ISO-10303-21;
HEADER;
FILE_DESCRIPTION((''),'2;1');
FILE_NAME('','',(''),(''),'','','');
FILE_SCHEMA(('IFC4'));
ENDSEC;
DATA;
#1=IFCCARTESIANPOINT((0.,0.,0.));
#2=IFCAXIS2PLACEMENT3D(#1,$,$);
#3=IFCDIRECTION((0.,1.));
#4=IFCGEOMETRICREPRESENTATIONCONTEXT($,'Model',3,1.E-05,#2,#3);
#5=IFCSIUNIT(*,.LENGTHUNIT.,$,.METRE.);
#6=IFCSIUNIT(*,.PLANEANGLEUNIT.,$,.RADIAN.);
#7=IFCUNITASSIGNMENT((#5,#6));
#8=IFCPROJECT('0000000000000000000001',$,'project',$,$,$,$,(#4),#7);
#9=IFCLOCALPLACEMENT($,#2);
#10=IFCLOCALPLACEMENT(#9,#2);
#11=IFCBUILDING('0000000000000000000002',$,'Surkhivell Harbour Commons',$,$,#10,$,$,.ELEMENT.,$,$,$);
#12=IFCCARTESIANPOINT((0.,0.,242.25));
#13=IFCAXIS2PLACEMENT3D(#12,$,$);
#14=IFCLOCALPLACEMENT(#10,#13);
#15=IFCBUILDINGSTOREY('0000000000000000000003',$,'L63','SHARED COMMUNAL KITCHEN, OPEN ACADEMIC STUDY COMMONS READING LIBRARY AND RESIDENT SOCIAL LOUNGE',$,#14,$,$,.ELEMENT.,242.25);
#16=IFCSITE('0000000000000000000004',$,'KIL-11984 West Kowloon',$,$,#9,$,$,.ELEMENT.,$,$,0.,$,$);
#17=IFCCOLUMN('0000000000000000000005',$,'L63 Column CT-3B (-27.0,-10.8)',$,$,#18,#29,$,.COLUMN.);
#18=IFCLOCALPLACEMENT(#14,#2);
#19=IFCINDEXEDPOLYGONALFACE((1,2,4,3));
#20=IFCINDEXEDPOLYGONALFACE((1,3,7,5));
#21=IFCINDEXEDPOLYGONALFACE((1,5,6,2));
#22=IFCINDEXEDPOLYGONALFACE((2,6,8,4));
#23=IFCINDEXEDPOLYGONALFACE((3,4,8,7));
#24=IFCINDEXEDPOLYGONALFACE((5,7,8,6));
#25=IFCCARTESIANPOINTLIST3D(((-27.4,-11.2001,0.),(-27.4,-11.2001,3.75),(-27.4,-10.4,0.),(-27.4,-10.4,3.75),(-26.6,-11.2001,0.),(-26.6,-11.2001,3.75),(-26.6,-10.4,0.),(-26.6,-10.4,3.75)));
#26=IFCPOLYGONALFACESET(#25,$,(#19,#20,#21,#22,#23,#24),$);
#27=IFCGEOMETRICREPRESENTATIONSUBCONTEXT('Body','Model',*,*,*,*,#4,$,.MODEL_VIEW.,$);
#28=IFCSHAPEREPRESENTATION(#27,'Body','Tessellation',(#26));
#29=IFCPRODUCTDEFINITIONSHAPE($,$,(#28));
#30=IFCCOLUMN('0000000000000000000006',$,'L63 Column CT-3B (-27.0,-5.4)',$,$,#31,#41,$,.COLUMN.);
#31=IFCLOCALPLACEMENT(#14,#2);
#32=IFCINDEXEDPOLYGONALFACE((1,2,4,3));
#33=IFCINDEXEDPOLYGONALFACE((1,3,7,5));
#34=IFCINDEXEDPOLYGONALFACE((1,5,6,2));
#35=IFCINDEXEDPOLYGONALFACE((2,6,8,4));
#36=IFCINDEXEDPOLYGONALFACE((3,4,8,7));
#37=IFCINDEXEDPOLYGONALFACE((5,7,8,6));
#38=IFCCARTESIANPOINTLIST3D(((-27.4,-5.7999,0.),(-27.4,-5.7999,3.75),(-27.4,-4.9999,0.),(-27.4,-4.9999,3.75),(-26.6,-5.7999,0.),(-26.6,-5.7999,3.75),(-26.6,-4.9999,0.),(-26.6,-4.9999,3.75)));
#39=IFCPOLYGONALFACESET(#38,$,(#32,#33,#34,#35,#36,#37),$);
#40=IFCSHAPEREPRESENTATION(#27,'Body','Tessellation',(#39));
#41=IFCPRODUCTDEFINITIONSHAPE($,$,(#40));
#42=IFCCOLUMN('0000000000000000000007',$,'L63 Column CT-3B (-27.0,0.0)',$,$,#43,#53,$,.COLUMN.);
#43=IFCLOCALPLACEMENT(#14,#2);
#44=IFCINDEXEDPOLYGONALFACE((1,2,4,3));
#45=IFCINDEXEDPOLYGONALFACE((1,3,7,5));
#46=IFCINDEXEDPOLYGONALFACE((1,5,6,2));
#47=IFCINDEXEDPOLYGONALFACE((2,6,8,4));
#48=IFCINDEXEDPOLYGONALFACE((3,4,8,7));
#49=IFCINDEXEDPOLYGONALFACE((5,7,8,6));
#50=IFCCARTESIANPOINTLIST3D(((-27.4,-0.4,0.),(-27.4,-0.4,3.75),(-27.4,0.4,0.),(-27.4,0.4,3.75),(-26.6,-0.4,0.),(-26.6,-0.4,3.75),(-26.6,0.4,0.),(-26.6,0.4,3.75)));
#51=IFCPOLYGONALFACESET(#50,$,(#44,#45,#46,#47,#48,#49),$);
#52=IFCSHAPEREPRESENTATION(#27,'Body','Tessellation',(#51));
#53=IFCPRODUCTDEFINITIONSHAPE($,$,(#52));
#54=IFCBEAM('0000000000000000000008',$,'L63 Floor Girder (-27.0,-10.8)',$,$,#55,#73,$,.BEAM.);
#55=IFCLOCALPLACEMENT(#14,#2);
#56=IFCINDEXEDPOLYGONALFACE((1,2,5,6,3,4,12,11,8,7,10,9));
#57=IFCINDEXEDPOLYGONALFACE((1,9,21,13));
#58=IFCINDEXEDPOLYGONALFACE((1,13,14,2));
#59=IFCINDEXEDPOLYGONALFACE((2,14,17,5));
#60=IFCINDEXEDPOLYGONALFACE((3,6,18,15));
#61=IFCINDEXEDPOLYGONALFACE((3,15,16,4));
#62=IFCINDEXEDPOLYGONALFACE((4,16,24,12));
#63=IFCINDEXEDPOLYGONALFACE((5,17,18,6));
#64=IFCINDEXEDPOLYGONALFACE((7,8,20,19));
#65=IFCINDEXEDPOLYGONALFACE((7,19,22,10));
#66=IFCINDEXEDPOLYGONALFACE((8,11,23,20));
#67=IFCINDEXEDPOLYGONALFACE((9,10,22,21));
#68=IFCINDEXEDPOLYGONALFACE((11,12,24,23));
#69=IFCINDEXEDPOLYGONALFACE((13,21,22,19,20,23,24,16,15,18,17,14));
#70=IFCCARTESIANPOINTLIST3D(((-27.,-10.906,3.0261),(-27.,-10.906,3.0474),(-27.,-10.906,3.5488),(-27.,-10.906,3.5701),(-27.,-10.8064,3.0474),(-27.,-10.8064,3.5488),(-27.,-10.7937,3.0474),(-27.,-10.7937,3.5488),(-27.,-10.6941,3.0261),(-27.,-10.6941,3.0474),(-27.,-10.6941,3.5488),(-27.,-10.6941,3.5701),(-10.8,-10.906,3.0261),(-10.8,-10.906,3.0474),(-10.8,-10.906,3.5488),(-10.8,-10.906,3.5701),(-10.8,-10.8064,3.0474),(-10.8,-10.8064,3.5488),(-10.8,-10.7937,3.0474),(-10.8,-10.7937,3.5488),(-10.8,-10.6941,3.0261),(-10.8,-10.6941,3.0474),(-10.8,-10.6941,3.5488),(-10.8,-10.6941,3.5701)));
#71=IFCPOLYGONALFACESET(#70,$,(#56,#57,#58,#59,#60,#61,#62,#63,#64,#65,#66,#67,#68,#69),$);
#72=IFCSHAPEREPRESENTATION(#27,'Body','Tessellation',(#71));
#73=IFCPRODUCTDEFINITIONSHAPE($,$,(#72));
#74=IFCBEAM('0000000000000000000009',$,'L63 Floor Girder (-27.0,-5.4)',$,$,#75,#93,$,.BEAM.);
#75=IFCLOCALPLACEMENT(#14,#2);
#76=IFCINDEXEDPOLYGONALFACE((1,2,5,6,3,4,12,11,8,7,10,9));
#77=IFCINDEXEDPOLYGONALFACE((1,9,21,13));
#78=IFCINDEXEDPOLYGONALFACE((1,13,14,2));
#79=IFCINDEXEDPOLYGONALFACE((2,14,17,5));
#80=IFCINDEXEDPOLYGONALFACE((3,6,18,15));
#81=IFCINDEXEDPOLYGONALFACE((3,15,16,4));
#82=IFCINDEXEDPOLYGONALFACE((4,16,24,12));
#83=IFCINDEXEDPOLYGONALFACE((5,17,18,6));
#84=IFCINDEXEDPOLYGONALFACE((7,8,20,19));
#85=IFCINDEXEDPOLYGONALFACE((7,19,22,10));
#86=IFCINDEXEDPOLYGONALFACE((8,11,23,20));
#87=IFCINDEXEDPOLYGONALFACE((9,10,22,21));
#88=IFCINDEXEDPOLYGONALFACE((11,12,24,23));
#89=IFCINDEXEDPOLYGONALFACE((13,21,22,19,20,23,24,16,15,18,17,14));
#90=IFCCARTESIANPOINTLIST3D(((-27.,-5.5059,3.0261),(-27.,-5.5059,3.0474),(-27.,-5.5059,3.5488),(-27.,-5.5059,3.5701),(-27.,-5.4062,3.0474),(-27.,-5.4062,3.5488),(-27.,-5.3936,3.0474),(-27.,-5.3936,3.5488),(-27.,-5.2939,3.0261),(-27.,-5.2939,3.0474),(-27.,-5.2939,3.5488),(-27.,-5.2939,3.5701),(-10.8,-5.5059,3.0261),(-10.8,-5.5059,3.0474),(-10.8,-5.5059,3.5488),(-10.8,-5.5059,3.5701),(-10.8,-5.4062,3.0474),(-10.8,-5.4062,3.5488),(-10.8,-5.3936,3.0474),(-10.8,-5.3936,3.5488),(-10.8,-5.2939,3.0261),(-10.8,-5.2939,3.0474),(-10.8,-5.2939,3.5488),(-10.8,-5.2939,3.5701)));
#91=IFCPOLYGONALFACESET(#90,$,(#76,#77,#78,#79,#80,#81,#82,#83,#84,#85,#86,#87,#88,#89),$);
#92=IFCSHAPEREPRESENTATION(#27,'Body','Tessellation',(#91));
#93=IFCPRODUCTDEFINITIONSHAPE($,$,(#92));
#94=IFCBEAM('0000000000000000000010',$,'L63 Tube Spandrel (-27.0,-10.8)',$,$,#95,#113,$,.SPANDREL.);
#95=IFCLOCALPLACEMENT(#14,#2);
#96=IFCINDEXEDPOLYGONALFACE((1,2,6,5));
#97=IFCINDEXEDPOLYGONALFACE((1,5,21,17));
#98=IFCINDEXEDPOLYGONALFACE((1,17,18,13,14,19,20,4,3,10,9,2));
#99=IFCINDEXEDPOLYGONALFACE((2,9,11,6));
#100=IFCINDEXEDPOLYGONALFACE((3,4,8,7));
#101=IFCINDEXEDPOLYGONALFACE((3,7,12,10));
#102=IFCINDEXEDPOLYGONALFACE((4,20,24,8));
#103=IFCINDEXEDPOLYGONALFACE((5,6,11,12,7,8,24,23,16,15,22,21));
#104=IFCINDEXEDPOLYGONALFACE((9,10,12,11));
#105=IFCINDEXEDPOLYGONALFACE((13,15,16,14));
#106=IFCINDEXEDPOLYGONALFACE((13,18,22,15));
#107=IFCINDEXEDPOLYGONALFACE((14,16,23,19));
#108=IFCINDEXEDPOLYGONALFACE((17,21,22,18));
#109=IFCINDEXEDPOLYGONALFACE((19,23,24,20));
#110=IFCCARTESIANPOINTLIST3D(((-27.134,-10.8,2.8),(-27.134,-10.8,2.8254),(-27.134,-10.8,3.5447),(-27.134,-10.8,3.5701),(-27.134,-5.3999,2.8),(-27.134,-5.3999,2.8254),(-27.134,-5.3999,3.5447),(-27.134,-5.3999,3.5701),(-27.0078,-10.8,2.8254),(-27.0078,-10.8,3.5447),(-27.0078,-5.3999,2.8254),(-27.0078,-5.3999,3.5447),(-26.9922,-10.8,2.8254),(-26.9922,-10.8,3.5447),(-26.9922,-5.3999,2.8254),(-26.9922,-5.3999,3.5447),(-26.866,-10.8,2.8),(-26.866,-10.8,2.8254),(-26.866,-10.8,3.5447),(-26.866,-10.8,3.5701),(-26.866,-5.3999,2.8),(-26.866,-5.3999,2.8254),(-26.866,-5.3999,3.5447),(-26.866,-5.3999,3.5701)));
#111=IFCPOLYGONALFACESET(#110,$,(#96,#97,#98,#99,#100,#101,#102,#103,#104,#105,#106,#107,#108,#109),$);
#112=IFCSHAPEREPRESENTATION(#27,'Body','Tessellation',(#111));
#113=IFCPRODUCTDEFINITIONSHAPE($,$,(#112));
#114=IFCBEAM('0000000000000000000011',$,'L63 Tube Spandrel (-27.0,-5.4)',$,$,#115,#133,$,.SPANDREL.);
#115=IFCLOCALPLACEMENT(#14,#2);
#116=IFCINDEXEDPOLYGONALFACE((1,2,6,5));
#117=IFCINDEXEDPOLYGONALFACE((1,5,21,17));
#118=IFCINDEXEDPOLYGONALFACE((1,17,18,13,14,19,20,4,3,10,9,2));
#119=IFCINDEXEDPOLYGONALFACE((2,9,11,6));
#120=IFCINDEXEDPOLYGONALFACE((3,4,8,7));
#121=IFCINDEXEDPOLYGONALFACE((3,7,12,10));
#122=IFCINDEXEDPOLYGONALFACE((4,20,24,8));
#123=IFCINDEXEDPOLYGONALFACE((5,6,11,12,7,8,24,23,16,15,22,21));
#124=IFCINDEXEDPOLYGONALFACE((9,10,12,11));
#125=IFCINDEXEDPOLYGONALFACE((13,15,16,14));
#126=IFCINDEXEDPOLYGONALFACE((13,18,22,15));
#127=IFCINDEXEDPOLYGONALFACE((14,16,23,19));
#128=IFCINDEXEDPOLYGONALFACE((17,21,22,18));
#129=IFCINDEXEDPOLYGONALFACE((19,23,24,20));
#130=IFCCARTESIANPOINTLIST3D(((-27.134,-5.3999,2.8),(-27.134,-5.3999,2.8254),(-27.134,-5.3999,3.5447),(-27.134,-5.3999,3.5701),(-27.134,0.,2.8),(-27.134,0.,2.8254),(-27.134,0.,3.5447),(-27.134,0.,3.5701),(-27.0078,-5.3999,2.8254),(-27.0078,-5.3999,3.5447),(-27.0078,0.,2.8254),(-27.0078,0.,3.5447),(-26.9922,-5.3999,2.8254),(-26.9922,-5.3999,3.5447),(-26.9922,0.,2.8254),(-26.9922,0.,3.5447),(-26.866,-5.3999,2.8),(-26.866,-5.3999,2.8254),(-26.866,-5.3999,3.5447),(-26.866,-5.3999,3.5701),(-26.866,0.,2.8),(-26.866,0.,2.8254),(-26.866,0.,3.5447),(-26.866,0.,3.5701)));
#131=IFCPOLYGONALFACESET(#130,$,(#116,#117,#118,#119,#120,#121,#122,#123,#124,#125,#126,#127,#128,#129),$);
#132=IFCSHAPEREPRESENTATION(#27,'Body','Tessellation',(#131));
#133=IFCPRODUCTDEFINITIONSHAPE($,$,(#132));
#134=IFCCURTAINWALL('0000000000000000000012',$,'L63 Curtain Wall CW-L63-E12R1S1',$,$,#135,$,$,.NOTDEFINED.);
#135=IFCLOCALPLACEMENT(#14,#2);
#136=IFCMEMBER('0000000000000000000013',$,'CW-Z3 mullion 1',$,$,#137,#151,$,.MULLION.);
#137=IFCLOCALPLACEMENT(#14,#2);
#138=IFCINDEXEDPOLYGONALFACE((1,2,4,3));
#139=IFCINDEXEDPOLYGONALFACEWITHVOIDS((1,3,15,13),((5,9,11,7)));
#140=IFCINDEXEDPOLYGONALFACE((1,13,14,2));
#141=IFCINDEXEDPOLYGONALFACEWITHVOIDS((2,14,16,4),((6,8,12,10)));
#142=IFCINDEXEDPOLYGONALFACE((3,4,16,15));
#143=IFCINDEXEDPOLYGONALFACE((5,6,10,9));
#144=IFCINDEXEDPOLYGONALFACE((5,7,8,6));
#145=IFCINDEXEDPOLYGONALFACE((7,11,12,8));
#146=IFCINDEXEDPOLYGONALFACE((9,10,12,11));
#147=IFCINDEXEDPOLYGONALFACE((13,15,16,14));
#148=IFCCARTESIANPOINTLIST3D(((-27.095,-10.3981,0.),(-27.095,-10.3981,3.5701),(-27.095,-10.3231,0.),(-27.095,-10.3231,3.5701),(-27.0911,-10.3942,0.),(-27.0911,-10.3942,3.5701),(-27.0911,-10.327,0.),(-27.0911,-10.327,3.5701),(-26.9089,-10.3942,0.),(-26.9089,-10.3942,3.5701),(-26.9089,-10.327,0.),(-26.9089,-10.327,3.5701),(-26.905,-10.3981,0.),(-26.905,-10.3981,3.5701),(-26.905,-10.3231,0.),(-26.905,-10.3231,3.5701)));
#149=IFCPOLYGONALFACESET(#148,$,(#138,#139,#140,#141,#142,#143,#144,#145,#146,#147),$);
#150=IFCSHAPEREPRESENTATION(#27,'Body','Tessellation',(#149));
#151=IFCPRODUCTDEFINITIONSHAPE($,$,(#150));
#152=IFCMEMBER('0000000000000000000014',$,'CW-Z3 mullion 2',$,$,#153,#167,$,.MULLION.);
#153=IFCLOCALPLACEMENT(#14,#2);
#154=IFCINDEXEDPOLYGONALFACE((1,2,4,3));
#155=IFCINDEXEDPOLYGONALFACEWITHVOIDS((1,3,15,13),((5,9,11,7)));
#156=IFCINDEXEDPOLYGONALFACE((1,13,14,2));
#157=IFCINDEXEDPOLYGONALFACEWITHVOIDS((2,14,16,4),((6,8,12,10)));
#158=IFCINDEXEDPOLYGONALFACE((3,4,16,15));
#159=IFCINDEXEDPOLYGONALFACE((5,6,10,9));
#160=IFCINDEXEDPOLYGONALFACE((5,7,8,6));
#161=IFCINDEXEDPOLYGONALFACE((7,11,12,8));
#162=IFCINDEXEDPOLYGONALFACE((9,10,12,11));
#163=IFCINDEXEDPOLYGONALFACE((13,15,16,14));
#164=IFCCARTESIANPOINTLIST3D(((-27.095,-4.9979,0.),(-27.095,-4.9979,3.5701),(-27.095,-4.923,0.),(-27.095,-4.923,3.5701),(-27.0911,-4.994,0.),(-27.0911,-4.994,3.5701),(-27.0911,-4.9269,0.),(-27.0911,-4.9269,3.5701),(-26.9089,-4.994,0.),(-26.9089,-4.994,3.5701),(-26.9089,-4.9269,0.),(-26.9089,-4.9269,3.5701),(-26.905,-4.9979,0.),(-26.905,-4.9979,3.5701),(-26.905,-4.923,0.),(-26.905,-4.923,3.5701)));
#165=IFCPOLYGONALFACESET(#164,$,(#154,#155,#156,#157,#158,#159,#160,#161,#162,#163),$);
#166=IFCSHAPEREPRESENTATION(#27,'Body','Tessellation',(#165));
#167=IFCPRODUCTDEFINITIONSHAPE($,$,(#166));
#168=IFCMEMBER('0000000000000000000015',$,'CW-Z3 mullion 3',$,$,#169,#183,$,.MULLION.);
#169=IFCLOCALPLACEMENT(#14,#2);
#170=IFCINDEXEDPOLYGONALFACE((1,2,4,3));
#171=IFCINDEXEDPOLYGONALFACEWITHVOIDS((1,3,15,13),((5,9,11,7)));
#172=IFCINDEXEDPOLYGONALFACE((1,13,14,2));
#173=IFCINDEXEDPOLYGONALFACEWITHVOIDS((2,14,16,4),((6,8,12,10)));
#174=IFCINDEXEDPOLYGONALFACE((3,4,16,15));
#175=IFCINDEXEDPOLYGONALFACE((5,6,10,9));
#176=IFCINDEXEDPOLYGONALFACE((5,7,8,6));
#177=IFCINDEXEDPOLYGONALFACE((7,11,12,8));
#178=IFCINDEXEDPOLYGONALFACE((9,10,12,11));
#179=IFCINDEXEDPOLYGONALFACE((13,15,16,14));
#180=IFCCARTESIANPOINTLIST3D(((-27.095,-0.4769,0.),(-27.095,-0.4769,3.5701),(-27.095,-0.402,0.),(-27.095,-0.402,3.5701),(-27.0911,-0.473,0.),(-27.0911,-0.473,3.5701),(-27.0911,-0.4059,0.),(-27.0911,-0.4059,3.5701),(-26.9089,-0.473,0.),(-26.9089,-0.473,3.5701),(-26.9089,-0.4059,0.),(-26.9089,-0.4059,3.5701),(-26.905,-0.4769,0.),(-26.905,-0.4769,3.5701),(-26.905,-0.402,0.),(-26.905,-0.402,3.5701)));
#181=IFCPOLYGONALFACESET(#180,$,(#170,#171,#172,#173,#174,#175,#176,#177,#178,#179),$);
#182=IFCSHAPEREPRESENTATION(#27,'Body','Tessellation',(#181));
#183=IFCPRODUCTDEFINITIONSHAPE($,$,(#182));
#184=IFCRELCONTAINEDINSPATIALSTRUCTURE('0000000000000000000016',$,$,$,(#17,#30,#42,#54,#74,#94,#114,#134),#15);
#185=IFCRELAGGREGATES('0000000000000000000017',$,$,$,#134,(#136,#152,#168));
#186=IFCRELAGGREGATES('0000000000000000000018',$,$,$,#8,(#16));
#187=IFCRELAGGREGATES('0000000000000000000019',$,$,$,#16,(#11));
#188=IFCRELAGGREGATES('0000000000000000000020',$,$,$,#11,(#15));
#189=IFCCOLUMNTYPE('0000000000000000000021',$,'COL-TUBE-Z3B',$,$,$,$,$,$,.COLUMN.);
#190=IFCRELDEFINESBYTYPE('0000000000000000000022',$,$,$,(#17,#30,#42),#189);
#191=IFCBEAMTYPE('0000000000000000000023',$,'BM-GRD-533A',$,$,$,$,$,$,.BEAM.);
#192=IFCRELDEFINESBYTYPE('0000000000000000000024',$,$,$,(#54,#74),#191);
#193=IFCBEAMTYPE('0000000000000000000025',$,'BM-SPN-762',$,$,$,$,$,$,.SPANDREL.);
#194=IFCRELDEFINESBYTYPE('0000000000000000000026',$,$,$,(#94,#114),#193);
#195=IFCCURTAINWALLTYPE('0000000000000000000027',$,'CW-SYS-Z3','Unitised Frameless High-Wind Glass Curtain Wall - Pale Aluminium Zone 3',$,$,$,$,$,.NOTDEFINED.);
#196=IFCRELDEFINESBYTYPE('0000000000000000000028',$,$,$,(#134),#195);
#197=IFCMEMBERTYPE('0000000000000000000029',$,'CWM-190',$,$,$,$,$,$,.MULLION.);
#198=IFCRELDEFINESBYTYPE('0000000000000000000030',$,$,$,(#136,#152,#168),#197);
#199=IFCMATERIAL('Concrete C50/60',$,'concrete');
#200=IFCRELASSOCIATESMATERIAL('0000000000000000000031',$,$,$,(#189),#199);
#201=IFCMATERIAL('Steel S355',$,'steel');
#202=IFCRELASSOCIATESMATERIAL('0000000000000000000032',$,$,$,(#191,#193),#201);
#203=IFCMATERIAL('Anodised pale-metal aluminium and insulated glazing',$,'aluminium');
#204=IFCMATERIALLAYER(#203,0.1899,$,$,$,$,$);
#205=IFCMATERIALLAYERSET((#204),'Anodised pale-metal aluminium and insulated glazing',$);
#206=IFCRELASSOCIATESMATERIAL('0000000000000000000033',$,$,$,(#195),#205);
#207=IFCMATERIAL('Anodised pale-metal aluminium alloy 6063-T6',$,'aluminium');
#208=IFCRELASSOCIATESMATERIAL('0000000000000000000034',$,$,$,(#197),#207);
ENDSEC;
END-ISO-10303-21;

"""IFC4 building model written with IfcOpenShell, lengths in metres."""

from ifc_helpers import new_model, si_unit, direction, frame, origin, origin_2d, place, context, subcontext, project, spatial, rectangle, hollow_rectangle, i_section, extrude, material, layer, layer_set, material_profile, profile_set, type_object, element, aggregate, save


model = new_model("IFC4")

# Units and contexts
model_context = context("Model", 3, precision=1e-05, world=origin(), true_north=direction((0.0, 1.0)))
body_context = subcontext(model_context, "Body", "Model", "MODEL_VIEW")
ifc_project = project(units=[si_unit("LENGTHUNIT", "METRE"), si_unit("PLANEANGLEUNIT", "RADIAN")], contexts=[model_context])

# Site, building, storey
site_placement = place(None, origin())
site = spatial("IfcSite", under=ifc_project, at=site_placement, Name="KIL-11984 West Kowloon", CompositionType="ELEMENT", RefElevation=0.0)
building_placement = place(site_placement, origin())
building = spatial("IfcBuilding", under=site, at=building_placement, Name="Surkhivell Harbour Commons", CompositionType="ELEMENT")
storey_placement = place(building_placement, frame((0.0, 0.0, 242.25)))
storey = spatial("IfcBuildingStorey", under=building, at=storey_placement, Name="L63", Description="SHARED COMMUNAL KITCHEN, OPEN ACADEMIC STUDY COMMONS READING LIBRARY AND RESIDENT SOCIAL LOUNGE", CompositionType="ELEMENT", Elevation=242.25)

# Columns
ifc_material_1 = material(Name="Concrete C50/60", Category="concrete")
ifc_material_profile_1 = material_profile(ifc_material_1, rectangle(XDim=0.8, YDim=0.8, at=origin_2d()), Name="RC-COL-800x800")
ifc_profile_set_1 = profile_set([ifc_material_profile_1], Name="Concrete C50/60")
column_type = type_object("IfcColumnType", Name="COL-TUBE-Z3B", PredefinedType="COLUMN", material=ifc_profile_set_1)
for number, where, z_axis, x_axis, name in (
    (1, (-27.0, -10.8, 0.0), (0.0, 0.0, 1.0), (1.0, 0.0, 0.0), "L63 Column CT-3B (-27.0,-10.8)"),
    (2, (-27.0, -5.3999, 0.0), (0.0, 0.0, 1.0), (1.0, 0.0, 0.0), "L63 Column CT-3B (-27.0,-5.4)"),
    (3, (-27.0, 0.0, 0.0), (0.0, 0.0, 1.0), (1.0, 0.0, 0.0), "L63 Column CT-3B (-27.0,0.0)"),
):
    element("IfcColumn", number, at=place(storey_placement, frame(where, z_axis=z_axis, x_axis=x_axis)), inside=storey, type_object=column_type, Name=name, PredefinedType="COLUMN", context=body_context, shape_type="SweptSolid", body=[
        extrude(rectangle(XDim=0.8, YDim=0.8, at=origin_2d()), origin(), (0.0, 0.0, 1.0), 3.75),
    ])

# Beams
ifc_material_2 = material(Name="Steel S355", Category="steel")
ifc_material_profile_2 = material_profile(ifc_material_2, i_section(OverallWidth=0.2119, OverallDepth=0.5439, WebThickness=0.0127, FlangeThickness=0.0212, at=origin_2d()), Name="UB533x210x122")
ifc_profile_set_2 = profile_set([ifc_material_profile_2], Name="Steel S355")
beam_type_1 = type_object("IfcBeamType", Name="BM-GRD-533A", PredefinedType="BEAM", material=ifc_profile_set_2)
for number, where, z_axis, x_axis, name in (
    (4, (-27.0, -10.8, 3.2981), (1.0, 0.0, 0.0), (0.0, 1.0, 0.0), "L63 Floor Girder (-27.0,-10.8)"),
    (5, (-27.0, -5.3999, 3.2981), (1.0, 0.0, 0.0), (0.0, 1.0, 0.0), "L63 Floor Girder (-27.0,-5.4)"),
):
    element("IfcBeam", number, at=place(storey_placement, frame(where, z_axis=z_axis, x_axis=x_axis)), inside=storey, type_object=beam_type_1, Name=name, PredefinedType="BEAM", context=body_context, shape_type="SweptSolid", body=[
        extrude(i_section(OverallWidth=0.2119, OverallDepth=0.5439, WebThickness=0.0127, FlangeThickness=0.0212, at=origin_2d()), origin(), (0.0, 0.0, 1.0), 16.2),
    ])
ifc_material_profile_3 = material_profile(ifc_material_2, i_section(OverallWidth=0.2681, OverallDepth=0.77, WebThickness=0.0156, FlangeThickness=0.0254, at=origin_2d()), Name="UB762x267x197")
ifc_profile_set_3 = profile_set([ifc_material_profile_3], Name="Steel S355")
beam_type_2 = type_object("IfcBeamType", Name="BM-SPN-762", PredefinedType="SPANDREL", material=ifc_profile_set_3)
beam_1_placement = place(storey_placement, frame((-27.0, -10.8, 3.1851), z_axis=(0.0, 1.0, 0.0), x_axis=(-1.0, 0.0, 0.0)))
element("IfcBeam", 6, at=beam_1_placement, inside=storey, type_object=beam_type_2, Name="L63 Tube Spandrel (-27.0,-10.8)", PredefinedType="SPANDREL", context=body_context, shape_type="SweptSolid", body=[
    extrude(i_section(OverallWidth=0.2681, OverallDepth=0.77, WebThickness=0.0156, FlangeThickness=0.0254, at=origin_2d()), origin(), (0.0, 0.0, 1.0), 5.4001),
])
beam_2_placement = place(storey_placement, frame((-27.0, -5.3999, 3.1851), z_axis=(0.0, 1.0, 0.0), x_axis=(-1.0, 0.0, 0.0)))
element("IfcBeam", 7, at=beam_2_placement, inside=storey, type_object=beam_type_2, Name="L63 Tube Spandrel (-27.0,-5.4)", PredefinedType="SPANDREL", context=body_context, shape_type="SweptSolid", body=[
    extrude(i_section(OverallWidth=0.2681, OverallDepth=0.77, WebThickness=0.0156, FlangeThickness=0.0254, at=origin_2d()), origin(), (0.0, 0.0, 1.0), 5.3999),
])

# Curtain wall, members
ifc_material_3 = material(Name="Anodised pale-metal aluminium and insulated glazing", Category="aluminium")
ifc_layer_1 = layer(ifc_material_3, 0.1899)
ifc_layer_set_1 = layer_set([ifc_layer_1], Name="Anodised pale-metal aluminium and insulated glazing")
curtain_wall_type = type_object("IfcCurtainWallType", Name="CW-SYS-Z3", Description="Unitised Frameless High-Wind Glass Curtain Wall - Pale Aluminium Zone 3", PredefinedType="NOTDEFINED", material=ifc_layer_set_1)
curtain_wall_placement = place(storey_placement, origin())
curtain_wall = element("IfcCurtainWall", 8, at=curtain_wall_placement, inside=storey, type_object=curtain_wall_type, Name="L63 Curtain Wall CW-L63-E12R1S1", PredefinedType="NOTDEFINED")
ifc_material_4 = material(Name="Anodised pale-metal aluminium alloy 6063-T6", Category="aluminium")
ifc_material_profile_4 = material_profile(ifc_material_4, hollow_rectangle(XDim=0.075, YDim=0.1899, WallThickness=0.0039, at=origin_2d()), Name="ALU-MULL-75x190")
ifc_profile_set_4 = profile_set([ifc_material_profile_4], Name="Anodised pale-metal aluminium alloy 6063-T6")
member_type_1 = type_object("IfcMemberType", Name="CWM-190", PredefinedType="MULLION", material=ifc_profile_set_4)
member_1_placement = place(storey_placement, frame((-27.0, -10.3606, 0.0), z_axis=(0.0, 0.0, 1.0), x_axis=(0.0, 1.0, 0.0)))
member_1 = element("IfcMember", 9, at=member_1_placement, type_object=member_type_1, Name="CW-Z3 mullion 1", PredefinedType="MULLION", context=body_context, shape_type="SweptSolid", body=[
    extrude(hollow_rectangle(XDim=0.075, YDim=0.1899, WallThickness=0.0039, at=origin_2d()), origin(), (0.0, 0.0, 1.0), 3.5701),
])
member_2_placement = place(storey_placement, frame((-27.0, -4.9604, 0.0), z_axis=(0.0, 0.0, 1.0), x_axis=(0.0, 1.0, 0.0)))
member_2 = element("IfcMember", 10, at=member_2_placement, type_object=member_type_1, Name="CW-Z3 mullion 2", PredefinedType="MULLION", context=body_context, shape_type="SweptSolid", body=[
    extrude(hollow_rectangle(XDim=0.075, YDim=0.1899, WallThickness=0.0039, at=origin_2d()), origin(), (0.0, 0.0, 1.0), 3.5701),
])
member_3_placement = place(storey_placement, frame((-27.0, -0.4395, 0.0), z_axis=(0.0, 0.0, 1.0), x_axis=(0.0, 1.0, 0.0)))
member_3 = element("IfcMember", 11, at=member_3_placement, type_object=member_type_1, Name="CW-Z3 mullion 3", PredefinedType="MULLION", context=body_context, shape_type="SweptSolid", body=[
    extrude(hollow_rectangle(XDim=0.075, YDim=0.1899, WallThickness=0.0039, at=origin_2d()), origin(), (0.0, 0.0, 1.0), 3.5701),
])

aggregate(curtain_wall, [member_1, member_2, member_3])

save(model, "model.ifc")
